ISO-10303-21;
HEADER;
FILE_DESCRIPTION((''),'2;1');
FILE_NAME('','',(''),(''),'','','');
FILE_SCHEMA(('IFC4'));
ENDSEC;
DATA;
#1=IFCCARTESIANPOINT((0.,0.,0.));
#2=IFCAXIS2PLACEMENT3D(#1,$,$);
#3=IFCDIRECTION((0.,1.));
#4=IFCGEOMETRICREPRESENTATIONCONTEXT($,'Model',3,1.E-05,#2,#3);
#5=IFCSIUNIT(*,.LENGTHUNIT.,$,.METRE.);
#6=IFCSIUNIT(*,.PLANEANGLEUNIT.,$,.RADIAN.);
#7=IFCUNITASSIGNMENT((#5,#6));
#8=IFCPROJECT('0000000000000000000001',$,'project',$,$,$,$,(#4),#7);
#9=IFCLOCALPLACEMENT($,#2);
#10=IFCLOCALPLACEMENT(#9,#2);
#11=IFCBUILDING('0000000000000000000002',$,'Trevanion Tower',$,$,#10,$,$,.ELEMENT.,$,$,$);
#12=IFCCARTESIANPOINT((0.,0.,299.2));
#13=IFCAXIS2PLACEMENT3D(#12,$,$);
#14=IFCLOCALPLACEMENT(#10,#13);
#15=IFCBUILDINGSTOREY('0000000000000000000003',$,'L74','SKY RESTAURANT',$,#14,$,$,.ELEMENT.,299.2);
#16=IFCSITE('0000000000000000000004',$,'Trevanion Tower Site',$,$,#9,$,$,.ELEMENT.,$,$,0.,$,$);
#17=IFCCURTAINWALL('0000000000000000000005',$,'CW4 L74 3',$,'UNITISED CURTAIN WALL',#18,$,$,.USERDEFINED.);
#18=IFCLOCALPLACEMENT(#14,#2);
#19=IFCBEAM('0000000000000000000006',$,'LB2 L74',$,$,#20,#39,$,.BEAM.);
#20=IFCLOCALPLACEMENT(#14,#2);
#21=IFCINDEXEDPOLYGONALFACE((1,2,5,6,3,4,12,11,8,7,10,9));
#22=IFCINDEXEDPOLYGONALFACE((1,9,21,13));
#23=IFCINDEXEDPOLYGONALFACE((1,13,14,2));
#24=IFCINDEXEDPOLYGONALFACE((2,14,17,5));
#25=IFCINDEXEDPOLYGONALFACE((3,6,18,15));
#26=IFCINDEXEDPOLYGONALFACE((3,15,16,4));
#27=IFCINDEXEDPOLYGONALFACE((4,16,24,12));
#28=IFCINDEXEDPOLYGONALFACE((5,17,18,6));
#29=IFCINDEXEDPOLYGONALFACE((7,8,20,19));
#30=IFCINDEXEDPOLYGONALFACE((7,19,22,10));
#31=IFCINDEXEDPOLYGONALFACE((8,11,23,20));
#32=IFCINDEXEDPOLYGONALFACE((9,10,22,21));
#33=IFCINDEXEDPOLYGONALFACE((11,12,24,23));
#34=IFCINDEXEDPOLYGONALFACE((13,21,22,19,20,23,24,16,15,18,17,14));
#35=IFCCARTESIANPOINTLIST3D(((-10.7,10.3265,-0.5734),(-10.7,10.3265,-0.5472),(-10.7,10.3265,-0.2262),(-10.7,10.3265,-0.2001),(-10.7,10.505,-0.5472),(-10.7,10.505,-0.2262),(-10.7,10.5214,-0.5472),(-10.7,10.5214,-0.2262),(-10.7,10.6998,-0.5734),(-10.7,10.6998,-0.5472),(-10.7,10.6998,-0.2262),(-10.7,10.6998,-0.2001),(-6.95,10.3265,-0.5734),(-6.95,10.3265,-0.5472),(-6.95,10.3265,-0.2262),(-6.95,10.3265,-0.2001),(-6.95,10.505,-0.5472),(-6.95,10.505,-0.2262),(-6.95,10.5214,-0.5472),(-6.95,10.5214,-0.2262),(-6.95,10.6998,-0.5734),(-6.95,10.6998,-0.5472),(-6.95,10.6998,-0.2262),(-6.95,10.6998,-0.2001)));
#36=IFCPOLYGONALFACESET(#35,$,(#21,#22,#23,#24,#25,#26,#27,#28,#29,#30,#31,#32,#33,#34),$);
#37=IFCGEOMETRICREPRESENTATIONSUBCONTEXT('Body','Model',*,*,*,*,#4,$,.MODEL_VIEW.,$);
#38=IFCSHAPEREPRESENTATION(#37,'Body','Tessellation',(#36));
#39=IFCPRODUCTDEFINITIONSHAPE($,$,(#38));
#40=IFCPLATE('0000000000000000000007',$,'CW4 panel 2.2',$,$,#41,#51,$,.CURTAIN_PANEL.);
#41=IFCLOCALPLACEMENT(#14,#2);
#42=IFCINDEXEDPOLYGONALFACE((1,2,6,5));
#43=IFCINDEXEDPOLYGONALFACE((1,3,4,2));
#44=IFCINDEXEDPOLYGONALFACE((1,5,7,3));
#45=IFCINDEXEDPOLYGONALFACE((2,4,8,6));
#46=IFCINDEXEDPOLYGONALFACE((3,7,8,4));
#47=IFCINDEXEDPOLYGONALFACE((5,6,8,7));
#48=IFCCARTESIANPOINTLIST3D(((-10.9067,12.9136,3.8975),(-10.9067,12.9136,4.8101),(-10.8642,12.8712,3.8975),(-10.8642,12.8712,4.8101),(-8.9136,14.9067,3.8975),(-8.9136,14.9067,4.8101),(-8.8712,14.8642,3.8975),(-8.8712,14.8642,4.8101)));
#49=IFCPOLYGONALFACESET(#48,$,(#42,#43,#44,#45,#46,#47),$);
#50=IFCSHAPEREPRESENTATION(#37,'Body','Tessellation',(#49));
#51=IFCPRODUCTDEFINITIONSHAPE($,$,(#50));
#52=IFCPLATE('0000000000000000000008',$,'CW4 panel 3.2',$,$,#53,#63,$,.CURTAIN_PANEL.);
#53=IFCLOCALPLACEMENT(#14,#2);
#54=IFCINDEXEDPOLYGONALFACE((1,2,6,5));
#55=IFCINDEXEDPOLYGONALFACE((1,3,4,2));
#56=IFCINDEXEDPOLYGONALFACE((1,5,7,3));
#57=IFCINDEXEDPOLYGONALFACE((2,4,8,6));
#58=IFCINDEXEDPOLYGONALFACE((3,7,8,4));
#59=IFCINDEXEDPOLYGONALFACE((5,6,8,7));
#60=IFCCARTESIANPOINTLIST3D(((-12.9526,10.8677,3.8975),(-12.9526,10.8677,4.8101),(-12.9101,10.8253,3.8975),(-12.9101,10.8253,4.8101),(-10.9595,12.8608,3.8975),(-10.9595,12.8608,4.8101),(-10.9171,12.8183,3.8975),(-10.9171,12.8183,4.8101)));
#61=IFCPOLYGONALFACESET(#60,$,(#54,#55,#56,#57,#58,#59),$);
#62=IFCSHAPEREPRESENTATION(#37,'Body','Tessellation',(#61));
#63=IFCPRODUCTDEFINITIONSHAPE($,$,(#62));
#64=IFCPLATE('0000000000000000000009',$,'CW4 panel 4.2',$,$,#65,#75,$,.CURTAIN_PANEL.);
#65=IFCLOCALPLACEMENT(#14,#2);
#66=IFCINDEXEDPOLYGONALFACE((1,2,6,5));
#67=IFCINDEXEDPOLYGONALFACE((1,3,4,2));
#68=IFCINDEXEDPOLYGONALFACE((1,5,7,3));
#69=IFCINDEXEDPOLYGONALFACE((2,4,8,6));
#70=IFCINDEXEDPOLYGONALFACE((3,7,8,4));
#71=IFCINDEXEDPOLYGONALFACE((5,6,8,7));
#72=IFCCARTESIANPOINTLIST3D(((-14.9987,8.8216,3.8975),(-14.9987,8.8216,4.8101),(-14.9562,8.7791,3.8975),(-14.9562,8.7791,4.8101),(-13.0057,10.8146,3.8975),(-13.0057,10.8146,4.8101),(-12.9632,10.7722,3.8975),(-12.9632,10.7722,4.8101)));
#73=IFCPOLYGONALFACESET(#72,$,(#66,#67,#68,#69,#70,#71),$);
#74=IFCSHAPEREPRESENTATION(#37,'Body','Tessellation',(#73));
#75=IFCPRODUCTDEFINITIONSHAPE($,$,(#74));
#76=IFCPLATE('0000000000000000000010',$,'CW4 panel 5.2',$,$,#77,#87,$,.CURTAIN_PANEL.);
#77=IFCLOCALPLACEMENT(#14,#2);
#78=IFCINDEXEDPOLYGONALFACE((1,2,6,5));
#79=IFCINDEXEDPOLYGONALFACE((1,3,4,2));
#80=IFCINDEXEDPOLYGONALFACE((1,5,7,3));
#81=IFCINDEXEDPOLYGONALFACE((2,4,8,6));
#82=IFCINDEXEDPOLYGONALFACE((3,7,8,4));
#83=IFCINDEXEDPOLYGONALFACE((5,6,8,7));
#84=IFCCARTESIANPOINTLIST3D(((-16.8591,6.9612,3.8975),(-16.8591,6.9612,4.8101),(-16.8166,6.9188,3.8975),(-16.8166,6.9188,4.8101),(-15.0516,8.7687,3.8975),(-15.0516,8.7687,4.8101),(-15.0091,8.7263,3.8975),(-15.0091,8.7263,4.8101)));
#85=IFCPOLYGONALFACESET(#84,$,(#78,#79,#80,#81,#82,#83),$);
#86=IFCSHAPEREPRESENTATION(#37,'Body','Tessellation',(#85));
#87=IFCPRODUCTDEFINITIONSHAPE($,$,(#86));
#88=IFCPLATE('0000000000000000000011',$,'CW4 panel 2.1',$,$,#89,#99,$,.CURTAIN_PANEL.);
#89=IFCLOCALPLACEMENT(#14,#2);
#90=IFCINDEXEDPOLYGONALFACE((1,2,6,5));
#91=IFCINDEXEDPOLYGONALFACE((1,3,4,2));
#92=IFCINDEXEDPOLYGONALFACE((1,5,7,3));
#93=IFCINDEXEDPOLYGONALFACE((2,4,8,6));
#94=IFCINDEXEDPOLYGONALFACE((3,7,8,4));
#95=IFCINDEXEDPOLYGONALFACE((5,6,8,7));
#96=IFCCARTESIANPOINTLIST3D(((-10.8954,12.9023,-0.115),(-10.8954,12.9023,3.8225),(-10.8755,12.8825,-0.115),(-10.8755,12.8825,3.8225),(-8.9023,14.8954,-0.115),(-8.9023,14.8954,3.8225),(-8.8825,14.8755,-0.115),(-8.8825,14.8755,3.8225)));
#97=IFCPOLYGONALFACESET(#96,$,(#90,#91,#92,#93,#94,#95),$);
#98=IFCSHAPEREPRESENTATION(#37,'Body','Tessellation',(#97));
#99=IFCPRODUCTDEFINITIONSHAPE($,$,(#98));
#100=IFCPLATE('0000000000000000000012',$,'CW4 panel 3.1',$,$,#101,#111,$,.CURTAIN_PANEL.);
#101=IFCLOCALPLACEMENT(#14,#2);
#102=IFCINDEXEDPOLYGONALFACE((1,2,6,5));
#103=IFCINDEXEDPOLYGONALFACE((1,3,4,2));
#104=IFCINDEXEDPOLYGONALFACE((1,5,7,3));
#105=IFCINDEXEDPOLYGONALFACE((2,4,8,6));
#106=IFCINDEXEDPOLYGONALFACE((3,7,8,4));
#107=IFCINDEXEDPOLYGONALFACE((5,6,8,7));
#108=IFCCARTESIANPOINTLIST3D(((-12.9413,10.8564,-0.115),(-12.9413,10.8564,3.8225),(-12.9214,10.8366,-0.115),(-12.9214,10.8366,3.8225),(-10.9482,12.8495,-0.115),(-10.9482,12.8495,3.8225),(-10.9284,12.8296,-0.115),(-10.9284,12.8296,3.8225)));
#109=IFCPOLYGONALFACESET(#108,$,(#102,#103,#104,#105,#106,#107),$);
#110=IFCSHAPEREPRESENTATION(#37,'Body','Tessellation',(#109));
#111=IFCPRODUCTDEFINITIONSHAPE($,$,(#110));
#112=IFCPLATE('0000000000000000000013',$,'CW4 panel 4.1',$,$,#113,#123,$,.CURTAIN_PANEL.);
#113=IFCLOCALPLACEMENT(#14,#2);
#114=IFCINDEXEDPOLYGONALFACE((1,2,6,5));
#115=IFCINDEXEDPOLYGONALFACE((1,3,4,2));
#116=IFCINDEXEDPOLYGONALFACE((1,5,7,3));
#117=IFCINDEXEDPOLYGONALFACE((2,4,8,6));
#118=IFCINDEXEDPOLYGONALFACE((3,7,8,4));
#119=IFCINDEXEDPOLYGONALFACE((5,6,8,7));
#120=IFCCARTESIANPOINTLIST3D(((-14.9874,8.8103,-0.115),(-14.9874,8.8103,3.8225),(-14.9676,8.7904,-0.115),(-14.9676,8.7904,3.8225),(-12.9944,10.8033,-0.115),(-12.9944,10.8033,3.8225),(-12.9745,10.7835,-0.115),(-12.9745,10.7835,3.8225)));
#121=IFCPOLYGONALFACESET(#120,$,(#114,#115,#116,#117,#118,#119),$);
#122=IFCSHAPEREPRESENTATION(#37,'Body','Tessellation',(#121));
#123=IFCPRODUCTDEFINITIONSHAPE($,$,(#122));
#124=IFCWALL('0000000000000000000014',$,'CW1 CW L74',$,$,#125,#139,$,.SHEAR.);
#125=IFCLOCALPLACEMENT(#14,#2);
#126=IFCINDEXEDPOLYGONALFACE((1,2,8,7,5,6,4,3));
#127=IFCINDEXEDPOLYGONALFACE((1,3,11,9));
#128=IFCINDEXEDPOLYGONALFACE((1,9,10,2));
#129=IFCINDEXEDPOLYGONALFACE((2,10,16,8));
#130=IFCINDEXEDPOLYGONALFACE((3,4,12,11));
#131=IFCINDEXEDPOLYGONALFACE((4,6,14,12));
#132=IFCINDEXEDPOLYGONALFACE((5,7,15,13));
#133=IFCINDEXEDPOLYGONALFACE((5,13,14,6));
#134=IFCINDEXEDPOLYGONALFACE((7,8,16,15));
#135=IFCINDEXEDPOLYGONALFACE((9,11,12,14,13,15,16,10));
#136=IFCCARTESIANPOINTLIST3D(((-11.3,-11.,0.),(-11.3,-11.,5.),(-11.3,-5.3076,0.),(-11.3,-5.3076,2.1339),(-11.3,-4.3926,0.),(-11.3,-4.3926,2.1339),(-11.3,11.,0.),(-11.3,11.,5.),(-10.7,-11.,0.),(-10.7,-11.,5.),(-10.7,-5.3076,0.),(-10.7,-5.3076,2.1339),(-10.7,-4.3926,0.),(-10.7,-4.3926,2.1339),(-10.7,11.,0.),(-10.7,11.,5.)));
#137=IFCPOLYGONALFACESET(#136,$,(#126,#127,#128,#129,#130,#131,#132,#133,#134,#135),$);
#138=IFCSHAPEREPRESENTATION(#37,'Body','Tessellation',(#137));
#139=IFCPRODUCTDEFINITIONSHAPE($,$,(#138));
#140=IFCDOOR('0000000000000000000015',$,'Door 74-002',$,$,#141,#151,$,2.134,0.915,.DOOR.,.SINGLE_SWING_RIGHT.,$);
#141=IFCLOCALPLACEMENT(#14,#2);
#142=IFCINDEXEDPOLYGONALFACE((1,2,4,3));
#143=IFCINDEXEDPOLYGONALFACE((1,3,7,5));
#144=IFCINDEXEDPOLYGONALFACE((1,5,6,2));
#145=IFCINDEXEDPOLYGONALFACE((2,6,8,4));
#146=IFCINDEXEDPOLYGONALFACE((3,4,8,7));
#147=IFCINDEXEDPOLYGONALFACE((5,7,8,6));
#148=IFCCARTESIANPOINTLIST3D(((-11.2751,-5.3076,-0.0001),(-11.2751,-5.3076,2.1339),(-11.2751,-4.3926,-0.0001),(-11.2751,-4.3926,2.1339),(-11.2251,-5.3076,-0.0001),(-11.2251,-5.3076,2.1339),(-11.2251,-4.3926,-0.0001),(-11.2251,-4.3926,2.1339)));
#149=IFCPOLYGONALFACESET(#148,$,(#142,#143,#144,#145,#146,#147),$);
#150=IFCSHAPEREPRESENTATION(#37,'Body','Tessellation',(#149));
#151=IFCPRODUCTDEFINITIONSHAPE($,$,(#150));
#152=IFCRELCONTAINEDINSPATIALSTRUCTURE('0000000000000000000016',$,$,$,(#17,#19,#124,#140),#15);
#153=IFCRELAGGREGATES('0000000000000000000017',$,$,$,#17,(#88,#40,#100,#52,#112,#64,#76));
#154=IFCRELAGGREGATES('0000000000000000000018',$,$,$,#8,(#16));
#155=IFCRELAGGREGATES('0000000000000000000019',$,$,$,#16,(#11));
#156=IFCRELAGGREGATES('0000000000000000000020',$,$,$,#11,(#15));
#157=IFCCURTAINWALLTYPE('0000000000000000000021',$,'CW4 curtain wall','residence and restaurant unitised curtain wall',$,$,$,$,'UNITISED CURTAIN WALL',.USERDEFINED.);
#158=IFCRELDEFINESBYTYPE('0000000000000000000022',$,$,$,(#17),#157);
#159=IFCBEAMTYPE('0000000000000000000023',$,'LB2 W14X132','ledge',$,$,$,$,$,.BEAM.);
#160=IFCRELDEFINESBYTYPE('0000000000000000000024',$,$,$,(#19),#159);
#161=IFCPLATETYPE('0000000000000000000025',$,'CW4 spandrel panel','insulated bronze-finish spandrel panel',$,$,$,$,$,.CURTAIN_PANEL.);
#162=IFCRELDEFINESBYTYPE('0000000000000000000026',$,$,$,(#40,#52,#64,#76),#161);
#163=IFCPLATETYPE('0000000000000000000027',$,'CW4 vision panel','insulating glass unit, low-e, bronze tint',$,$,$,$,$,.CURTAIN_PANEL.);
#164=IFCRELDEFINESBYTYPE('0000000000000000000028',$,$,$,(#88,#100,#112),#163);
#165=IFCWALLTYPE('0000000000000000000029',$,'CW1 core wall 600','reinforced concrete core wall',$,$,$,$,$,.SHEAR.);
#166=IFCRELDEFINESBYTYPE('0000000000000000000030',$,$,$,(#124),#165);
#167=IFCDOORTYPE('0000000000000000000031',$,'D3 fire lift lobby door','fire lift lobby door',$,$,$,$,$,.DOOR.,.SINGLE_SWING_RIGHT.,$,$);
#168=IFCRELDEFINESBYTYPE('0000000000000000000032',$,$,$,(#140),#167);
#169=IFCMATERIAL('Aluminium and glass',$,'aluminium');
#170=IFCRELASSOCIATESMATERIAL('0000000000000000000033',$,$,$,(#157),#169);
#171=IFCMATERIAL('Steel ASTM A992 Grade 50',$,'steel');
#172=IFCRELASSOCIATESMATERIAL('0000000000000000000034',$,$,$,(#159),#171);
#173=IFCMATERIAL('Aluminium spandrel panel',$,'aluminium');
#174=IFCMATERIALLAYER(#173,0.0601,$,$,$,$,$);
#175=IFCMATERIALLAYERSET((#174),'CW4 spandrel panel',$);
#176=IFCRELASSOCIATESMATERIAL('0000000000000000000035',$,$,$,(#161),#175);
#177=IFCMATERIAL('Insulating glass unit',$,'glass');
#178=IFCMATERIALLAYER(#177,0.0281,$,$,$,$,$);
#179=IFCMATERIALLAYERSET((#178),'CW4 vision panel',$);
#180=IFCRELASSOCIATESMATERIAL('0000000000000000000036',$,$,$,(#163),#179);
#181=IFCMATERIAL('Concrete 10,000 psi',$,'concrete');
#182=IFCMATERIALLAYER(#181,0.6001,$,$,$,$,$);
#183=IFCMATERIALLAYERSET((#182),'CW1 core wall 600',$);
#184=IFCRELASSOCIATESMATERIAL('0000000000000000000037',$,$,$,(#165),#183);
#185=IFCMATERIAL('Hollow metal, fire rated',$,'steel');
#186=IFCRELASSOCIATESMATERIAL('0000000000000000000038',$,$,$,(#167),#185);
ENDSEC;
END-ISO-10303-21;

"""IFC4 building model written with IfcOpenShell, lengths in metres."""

from ifc_helpers import new_model, si_unit, direction, frame, frame_2d, origin, origin_2d, place, context, subcontext, project, spatial, rectangle, i_section, extrude, material, layer, layer_set, material_profile, profile_set, type_object, element, fill, aggregate, save


model = new_model("IFC4")

# Units and contexts
model_context = context("Model", 3, precision=1e-05, world=origin(), true_north=direction((0.0, 1.0)))
body_context = subcontext(model_context, "Body", "Model", "MODEL_VIEW")
ifc_project = project(units=[si_unit("LENGTHUNIT", "METRE"), si_unit("PLANEANGLEUNIT", "RADIAN")], contexts=[model_context])

# Site, building, storey
site_placement = place(None, origin())
site = spatial("IfcSite", under=ifc_project, at=site_placement, Name="Trevanion Tower Site", CompositionType="ELEMENT", RefElevation=0.0)
building_placement = place(site_placement, origin())
building = spatial("IfcBuilding", under=site, at=building_placement, Name="Trevanion Tower", CompositionType="ELEMENT")
storey_placement = place(building_placement, frame((0.0, 0.0, 299.2)))
storey = spatial("IfcBuildingStorey", under=building, at=storey_placement, Name="L74", Description="SKY RESTAURANT", CompositionType="ELEMENT", Elevation=299.2)

# Curtain wall
ifc_material_1 = material(Name="Aluminium and glass", Category="aluminium")
curtain_wall_type = type_object("IfcCurtainWallType", Name="CW4 curtain wall", Description="residence and restaurant unitised curtain wall", ElementType="UNITISED CURTAIN WALL", PredefinedType="USERDEFINED", material=ifc_material_1)
curtain_wall_placement = place(storey_placement, origin())
curtain_wall = element("IfcCurtainWall", 1, at=curtain_wall_placement, inside=storey, type_object=curtain_wall_type, Name="CW4 L74 3", ObjectType="UNITISED CURTAIN WALL", PredefinedType="USERDEFINED")

# Beam
ifc_material_2 = material(Name="Steel ASTM A992 Grade 50", Category="steel")
ifc_material_profile_1 = material_profile(ifc_material_2, i_section(OverallWidth=0.3733, OverallDepth=0.3733, WebThickness=0.0164, FlangeThickness=0.0261, at=origin_2d()), Name="W14X132")
ifc_profile_set_1 = profile_set([ifc_material_profile_1], Name="Steel ASTM A992 Grade 50")
beam_type = type_object("IfcBeamType", Name="LB2 W14X132", Description="ledge", PredefinedType="BEAM", material=ifc_profile_set_1)
beam_placement = place(storey_placement, frame((-10.7, 10.5132, -0.3867), z_axis=(1.0, 0.0, 0.0), x_axis=(0.0, 1.0, 0.0)))
element("IfcBeam", 2, at=beam_placement, inside=storey, type_object=beam_type, Name="LB2 L74", PredefinedType="BEAM", context=body_context, shape_type="SweptSolid", body=[
    extrude(i_section(OverallWidth=0.3733, OverallDepth=0.3733, WebThickness=0.0164, FlangeThickness=0.0261, at=origin_2d()), origin(), (0.0, 0.0, 1.0), 3.75),
])

# Plates
ifc_material_3 = material(Name="Aluminium spandrel panel", Category="aluminium")
ifc_layer_1 = layer(ifc_material_3, 0.0601)
ifc_layer_set_1 = layer_set([ifc_layer_1], Name="CW4 spandrel panel")
plate_type_1 = type_object("IfcPlateType", Name="CW4 spandrel panel", Description="insulated bronze-finish spandrel panel", PredefinedType="CURTAIN_PANEL", material=ifc_layer_set_1)
plate_1_placement = place(storey_placement, frame((-9.8889, 13.8889, 3.8975), z_axis=(0.0, 0.0, 1.0), x_axis=(-0.707107, -0.707107, 0.0)))
plate_1 = element("IfcPlate", 3, at=plate_1_placement, type_object=plate_type_1, Name="CW4 panel 2.2", PredefinedType="CURTAIN_PANEL", context=body_context, shape_type="SweptSolid", body=[
    extrude(rectangle(XDim=2.8186, YDim=0.0601, at=origin_2d()), origin(), (0.0, 0.0, 1.0), 0.9126),
])
plate_2_placement = place(storey_placement, frame((-11.9348, 11.843, 3.8975), z_axis=(0.0, 0.0, 1.0), x_axis=(-0.707107, -0.707107, 0.0)))
plate_2 = element("IfcPlate", 4, at=plate_2_placement, type_object=plate_type_1, Name="CW4 panel 3.2", PredefinedType="CURTAIN_PANEL", context=body_context, shape_type="SweptSolid", body=[
    extrude(rectangle(XDim=2.8186, YDim=0.0601, at=origin_2d()), origin(), (0.0, 0.0, 1.0), 0.9126),
])
plate_3_placement = place(storey_placement, frame((-13.981, 9.7969, 3.8975), z_axis=(0.0, 0.0, 1.0), x_axis=(-0.707107, -0.707107, 0.0)))
plate_3 = element("IfcPlate", 5, at=plate_3_placement, type_object=plate_type_1, Name="CW4 panel 4.2", PredefinedType="CURTAIN_PANEL", context=body_context, shape_type="SweptSolid", body=[
    extrude(rectangle(XDim=2.8186, YDim=0.0601, at=origin_2d()), origin(), (0.0, 0.0, 1.0), 0.9126),
])
plate_4_placement = place(storey_placement, frame((-15.9341, 7.8438, 3.8975), z_axis=(0.0, 0.0, 1.0), x_axis=(-0.707107, -0.707107, 0.0)))
plate_4 = element("IfcPlate", 6, at=plate_4_placement, type_object=plate_type_1, Name="CW4 panel 5.2", PredefinedType="CURTAIN_PANEL", context=body_context, shape_type="SweptSolid", body=[
    extrude(rectangle(XDim=2.5562, YDim=0.0601, at=origin_2d()), origin(), (0.0, 0.0, 1.0), 0.9126),
])
ifc_material_4 = material(Name="Insulating glass unit", Category="glass")
ifc_layer_2 = layer(ifc_material_4, 0.0281)
ifc_layer_set_2 = layer_set([ifc_layer_2], Name="CW4 vision panel")
plate_type_2 = type_object("IfcPlateType", Name="CW4 vision panel", Description="insulating glass unit, low-e, bronze tint", PredefinedType="CURTAIN_PANEL", material=ifc_layer_set_2)
plate_5_placement = place(storey_placement, frame((-9.8889, 13.8889, -0.115), z_axis=(0.0, 0.0, 1.0), x_axis=(-0.707107, -0.707107, 0.0)))
plate_5 = element("IfcPlate", 7, at=plate_5_placement, type_object=plate_type_2, Name="CW4 panel 2.1", PredefinedType="CURTAIN_PANEL", context=body_context, shape_type="SweptSolid", body=[
    extrude(rectangle(XDim=2.8186, YDim=0.0281, at=origin_2d()), origin(), (0.0, 0.0, 1.0), 3.9375),
])
plate_6_placement = place(storey_placement, frame((-11.9348, 11.843, -0.115), z_axis=(0.0, 0.0, 1.0), x_axis=(-0.707107, -0.707107, 0.0)))
plate_6 = element("IfcPlate", 8, at=plate_6_placement, type_object=plate_type_2, Name="CW4 panel 3.1", PredefinedType="CURTAIN_PANEL", context=body_context, shape_type="SweptSolid", body=[
    extrude(rectangle(XDim=2.8186, YDim=0.0281, at=origin_2d()), origin(), (0.0, 0.0, 1.0), 3.9375),
])
plate_7_placement = place(storey_placement, frame((-13.981, 9.7969, -0.115), z_axis=(0.0, 0.0, 1.0), x_axis=(-0.707107, -0.707107, 0.0)))
plate_7 = element("IfcPlate", 9, at=plate_7_placement, type_object=plate_type_2, Name="CW4 panel 4.1", PredefinedType="CURTAIN_PANEL", context=body_context, shape_type="SweptSolid", body=[
    extrude(rectangle(XDim=2.8186, YDim=0.0281, at=origin_2d()), origin(), (0.0, 0.0, 1.0), 3.9375),
])
aggregate(curtain_wall, [plate_5, plate_1, plate_6, plate_2, plate_7, plate_3, plate_4])

# Wall, opening, door
ifc_material_5 = material(Name="Concrete 10,000 psi", Category="concrete")
ifc_layer_3 = layer(ifc_material_5, 0.6001)
ifc_layer_set_3 = layer_set([ifc_layer_3], Name="CW1 core wall 600")
wall_type = type_object("IfcWallType", Name="CW1 core wall 600", Description="reinforced concrete core wall", PredefinedType="SHEAR", material=ifc_layer_set_3)
wall_placement = place(storey_placement, frame((-11.0, 11.0, 0.0), z_axis=(0.0, 0.0, 1.0), x_axis=(0.0, -1.0, 0.0)))
wall = element("IfcWall", 10, at=wall_placement, inside=storey, type_object=wall_type, Name="CW1 CW L74", PredefinedType="SHEAR", context=body_context, shape_type="SweptSolid", body=[
    extrude(rectangle(XDim=22.0, YDim=0.6001, at=frame_2d((11.0, 0.0))), origin(), (0.0, 0.0, 1.0), 5.0),
])
opening_placement = place(wall_placement, frame((15.3926, 0.0, 0.0)))
opening = element("IfcOpeningElement", 11, at=opening_placement, cuts=wall, PredefinedType="OPENING", context=body_context, shape_type="SweptSolid", body=[
    extrude(rectangle(XDim=0.915, YDim=2.134, at=frame_2d((0.4575, 1.0669))), frame((0.0, 0.3101, 0.0), z_axis=(0.0, -1.0, 0.0), x_axis=(1.0, 0.0, 0.0)), (0.0, 0.0, 1.0), 0.6201),
])
ifc_material_6 = material(Name="Hollow metal, fire rated", Category="steel")
door_type = type_object("IfcDoorType", Name="D3 fire lift lobby door", Description="fire lift lobby door", OperationType="SINGLE_SWING_RIGHT", PredefinedType="DOOR", material=ifc_material_6)
door_placement = place(opening_placement, origin())
door = element("IfcDoor", 12, at=door_placement, inside=storey, type_object=door_type, Name="Door 74-002", OperationType="SINGLE_SWING_RIGHT", OverallHeight=2.134, OverallWidth=0.915, PredefinedType="DOOR", context=body_context, shape_type="SweptSolid", body=[
    extrude(rectangle(XDim=0.915, YDim=2.134, at=frame_2d((0.4575, 1.0669))), frame((0.0, -0.2251, 0.0), z_axis=(0.0, -1.0, 0.0), x_axis=(1.0, 0.0, 0.0)), (0.0, 0.0, 1.0), 0.05),
])
fill(opening, door)

save(model, "model.ifc")
